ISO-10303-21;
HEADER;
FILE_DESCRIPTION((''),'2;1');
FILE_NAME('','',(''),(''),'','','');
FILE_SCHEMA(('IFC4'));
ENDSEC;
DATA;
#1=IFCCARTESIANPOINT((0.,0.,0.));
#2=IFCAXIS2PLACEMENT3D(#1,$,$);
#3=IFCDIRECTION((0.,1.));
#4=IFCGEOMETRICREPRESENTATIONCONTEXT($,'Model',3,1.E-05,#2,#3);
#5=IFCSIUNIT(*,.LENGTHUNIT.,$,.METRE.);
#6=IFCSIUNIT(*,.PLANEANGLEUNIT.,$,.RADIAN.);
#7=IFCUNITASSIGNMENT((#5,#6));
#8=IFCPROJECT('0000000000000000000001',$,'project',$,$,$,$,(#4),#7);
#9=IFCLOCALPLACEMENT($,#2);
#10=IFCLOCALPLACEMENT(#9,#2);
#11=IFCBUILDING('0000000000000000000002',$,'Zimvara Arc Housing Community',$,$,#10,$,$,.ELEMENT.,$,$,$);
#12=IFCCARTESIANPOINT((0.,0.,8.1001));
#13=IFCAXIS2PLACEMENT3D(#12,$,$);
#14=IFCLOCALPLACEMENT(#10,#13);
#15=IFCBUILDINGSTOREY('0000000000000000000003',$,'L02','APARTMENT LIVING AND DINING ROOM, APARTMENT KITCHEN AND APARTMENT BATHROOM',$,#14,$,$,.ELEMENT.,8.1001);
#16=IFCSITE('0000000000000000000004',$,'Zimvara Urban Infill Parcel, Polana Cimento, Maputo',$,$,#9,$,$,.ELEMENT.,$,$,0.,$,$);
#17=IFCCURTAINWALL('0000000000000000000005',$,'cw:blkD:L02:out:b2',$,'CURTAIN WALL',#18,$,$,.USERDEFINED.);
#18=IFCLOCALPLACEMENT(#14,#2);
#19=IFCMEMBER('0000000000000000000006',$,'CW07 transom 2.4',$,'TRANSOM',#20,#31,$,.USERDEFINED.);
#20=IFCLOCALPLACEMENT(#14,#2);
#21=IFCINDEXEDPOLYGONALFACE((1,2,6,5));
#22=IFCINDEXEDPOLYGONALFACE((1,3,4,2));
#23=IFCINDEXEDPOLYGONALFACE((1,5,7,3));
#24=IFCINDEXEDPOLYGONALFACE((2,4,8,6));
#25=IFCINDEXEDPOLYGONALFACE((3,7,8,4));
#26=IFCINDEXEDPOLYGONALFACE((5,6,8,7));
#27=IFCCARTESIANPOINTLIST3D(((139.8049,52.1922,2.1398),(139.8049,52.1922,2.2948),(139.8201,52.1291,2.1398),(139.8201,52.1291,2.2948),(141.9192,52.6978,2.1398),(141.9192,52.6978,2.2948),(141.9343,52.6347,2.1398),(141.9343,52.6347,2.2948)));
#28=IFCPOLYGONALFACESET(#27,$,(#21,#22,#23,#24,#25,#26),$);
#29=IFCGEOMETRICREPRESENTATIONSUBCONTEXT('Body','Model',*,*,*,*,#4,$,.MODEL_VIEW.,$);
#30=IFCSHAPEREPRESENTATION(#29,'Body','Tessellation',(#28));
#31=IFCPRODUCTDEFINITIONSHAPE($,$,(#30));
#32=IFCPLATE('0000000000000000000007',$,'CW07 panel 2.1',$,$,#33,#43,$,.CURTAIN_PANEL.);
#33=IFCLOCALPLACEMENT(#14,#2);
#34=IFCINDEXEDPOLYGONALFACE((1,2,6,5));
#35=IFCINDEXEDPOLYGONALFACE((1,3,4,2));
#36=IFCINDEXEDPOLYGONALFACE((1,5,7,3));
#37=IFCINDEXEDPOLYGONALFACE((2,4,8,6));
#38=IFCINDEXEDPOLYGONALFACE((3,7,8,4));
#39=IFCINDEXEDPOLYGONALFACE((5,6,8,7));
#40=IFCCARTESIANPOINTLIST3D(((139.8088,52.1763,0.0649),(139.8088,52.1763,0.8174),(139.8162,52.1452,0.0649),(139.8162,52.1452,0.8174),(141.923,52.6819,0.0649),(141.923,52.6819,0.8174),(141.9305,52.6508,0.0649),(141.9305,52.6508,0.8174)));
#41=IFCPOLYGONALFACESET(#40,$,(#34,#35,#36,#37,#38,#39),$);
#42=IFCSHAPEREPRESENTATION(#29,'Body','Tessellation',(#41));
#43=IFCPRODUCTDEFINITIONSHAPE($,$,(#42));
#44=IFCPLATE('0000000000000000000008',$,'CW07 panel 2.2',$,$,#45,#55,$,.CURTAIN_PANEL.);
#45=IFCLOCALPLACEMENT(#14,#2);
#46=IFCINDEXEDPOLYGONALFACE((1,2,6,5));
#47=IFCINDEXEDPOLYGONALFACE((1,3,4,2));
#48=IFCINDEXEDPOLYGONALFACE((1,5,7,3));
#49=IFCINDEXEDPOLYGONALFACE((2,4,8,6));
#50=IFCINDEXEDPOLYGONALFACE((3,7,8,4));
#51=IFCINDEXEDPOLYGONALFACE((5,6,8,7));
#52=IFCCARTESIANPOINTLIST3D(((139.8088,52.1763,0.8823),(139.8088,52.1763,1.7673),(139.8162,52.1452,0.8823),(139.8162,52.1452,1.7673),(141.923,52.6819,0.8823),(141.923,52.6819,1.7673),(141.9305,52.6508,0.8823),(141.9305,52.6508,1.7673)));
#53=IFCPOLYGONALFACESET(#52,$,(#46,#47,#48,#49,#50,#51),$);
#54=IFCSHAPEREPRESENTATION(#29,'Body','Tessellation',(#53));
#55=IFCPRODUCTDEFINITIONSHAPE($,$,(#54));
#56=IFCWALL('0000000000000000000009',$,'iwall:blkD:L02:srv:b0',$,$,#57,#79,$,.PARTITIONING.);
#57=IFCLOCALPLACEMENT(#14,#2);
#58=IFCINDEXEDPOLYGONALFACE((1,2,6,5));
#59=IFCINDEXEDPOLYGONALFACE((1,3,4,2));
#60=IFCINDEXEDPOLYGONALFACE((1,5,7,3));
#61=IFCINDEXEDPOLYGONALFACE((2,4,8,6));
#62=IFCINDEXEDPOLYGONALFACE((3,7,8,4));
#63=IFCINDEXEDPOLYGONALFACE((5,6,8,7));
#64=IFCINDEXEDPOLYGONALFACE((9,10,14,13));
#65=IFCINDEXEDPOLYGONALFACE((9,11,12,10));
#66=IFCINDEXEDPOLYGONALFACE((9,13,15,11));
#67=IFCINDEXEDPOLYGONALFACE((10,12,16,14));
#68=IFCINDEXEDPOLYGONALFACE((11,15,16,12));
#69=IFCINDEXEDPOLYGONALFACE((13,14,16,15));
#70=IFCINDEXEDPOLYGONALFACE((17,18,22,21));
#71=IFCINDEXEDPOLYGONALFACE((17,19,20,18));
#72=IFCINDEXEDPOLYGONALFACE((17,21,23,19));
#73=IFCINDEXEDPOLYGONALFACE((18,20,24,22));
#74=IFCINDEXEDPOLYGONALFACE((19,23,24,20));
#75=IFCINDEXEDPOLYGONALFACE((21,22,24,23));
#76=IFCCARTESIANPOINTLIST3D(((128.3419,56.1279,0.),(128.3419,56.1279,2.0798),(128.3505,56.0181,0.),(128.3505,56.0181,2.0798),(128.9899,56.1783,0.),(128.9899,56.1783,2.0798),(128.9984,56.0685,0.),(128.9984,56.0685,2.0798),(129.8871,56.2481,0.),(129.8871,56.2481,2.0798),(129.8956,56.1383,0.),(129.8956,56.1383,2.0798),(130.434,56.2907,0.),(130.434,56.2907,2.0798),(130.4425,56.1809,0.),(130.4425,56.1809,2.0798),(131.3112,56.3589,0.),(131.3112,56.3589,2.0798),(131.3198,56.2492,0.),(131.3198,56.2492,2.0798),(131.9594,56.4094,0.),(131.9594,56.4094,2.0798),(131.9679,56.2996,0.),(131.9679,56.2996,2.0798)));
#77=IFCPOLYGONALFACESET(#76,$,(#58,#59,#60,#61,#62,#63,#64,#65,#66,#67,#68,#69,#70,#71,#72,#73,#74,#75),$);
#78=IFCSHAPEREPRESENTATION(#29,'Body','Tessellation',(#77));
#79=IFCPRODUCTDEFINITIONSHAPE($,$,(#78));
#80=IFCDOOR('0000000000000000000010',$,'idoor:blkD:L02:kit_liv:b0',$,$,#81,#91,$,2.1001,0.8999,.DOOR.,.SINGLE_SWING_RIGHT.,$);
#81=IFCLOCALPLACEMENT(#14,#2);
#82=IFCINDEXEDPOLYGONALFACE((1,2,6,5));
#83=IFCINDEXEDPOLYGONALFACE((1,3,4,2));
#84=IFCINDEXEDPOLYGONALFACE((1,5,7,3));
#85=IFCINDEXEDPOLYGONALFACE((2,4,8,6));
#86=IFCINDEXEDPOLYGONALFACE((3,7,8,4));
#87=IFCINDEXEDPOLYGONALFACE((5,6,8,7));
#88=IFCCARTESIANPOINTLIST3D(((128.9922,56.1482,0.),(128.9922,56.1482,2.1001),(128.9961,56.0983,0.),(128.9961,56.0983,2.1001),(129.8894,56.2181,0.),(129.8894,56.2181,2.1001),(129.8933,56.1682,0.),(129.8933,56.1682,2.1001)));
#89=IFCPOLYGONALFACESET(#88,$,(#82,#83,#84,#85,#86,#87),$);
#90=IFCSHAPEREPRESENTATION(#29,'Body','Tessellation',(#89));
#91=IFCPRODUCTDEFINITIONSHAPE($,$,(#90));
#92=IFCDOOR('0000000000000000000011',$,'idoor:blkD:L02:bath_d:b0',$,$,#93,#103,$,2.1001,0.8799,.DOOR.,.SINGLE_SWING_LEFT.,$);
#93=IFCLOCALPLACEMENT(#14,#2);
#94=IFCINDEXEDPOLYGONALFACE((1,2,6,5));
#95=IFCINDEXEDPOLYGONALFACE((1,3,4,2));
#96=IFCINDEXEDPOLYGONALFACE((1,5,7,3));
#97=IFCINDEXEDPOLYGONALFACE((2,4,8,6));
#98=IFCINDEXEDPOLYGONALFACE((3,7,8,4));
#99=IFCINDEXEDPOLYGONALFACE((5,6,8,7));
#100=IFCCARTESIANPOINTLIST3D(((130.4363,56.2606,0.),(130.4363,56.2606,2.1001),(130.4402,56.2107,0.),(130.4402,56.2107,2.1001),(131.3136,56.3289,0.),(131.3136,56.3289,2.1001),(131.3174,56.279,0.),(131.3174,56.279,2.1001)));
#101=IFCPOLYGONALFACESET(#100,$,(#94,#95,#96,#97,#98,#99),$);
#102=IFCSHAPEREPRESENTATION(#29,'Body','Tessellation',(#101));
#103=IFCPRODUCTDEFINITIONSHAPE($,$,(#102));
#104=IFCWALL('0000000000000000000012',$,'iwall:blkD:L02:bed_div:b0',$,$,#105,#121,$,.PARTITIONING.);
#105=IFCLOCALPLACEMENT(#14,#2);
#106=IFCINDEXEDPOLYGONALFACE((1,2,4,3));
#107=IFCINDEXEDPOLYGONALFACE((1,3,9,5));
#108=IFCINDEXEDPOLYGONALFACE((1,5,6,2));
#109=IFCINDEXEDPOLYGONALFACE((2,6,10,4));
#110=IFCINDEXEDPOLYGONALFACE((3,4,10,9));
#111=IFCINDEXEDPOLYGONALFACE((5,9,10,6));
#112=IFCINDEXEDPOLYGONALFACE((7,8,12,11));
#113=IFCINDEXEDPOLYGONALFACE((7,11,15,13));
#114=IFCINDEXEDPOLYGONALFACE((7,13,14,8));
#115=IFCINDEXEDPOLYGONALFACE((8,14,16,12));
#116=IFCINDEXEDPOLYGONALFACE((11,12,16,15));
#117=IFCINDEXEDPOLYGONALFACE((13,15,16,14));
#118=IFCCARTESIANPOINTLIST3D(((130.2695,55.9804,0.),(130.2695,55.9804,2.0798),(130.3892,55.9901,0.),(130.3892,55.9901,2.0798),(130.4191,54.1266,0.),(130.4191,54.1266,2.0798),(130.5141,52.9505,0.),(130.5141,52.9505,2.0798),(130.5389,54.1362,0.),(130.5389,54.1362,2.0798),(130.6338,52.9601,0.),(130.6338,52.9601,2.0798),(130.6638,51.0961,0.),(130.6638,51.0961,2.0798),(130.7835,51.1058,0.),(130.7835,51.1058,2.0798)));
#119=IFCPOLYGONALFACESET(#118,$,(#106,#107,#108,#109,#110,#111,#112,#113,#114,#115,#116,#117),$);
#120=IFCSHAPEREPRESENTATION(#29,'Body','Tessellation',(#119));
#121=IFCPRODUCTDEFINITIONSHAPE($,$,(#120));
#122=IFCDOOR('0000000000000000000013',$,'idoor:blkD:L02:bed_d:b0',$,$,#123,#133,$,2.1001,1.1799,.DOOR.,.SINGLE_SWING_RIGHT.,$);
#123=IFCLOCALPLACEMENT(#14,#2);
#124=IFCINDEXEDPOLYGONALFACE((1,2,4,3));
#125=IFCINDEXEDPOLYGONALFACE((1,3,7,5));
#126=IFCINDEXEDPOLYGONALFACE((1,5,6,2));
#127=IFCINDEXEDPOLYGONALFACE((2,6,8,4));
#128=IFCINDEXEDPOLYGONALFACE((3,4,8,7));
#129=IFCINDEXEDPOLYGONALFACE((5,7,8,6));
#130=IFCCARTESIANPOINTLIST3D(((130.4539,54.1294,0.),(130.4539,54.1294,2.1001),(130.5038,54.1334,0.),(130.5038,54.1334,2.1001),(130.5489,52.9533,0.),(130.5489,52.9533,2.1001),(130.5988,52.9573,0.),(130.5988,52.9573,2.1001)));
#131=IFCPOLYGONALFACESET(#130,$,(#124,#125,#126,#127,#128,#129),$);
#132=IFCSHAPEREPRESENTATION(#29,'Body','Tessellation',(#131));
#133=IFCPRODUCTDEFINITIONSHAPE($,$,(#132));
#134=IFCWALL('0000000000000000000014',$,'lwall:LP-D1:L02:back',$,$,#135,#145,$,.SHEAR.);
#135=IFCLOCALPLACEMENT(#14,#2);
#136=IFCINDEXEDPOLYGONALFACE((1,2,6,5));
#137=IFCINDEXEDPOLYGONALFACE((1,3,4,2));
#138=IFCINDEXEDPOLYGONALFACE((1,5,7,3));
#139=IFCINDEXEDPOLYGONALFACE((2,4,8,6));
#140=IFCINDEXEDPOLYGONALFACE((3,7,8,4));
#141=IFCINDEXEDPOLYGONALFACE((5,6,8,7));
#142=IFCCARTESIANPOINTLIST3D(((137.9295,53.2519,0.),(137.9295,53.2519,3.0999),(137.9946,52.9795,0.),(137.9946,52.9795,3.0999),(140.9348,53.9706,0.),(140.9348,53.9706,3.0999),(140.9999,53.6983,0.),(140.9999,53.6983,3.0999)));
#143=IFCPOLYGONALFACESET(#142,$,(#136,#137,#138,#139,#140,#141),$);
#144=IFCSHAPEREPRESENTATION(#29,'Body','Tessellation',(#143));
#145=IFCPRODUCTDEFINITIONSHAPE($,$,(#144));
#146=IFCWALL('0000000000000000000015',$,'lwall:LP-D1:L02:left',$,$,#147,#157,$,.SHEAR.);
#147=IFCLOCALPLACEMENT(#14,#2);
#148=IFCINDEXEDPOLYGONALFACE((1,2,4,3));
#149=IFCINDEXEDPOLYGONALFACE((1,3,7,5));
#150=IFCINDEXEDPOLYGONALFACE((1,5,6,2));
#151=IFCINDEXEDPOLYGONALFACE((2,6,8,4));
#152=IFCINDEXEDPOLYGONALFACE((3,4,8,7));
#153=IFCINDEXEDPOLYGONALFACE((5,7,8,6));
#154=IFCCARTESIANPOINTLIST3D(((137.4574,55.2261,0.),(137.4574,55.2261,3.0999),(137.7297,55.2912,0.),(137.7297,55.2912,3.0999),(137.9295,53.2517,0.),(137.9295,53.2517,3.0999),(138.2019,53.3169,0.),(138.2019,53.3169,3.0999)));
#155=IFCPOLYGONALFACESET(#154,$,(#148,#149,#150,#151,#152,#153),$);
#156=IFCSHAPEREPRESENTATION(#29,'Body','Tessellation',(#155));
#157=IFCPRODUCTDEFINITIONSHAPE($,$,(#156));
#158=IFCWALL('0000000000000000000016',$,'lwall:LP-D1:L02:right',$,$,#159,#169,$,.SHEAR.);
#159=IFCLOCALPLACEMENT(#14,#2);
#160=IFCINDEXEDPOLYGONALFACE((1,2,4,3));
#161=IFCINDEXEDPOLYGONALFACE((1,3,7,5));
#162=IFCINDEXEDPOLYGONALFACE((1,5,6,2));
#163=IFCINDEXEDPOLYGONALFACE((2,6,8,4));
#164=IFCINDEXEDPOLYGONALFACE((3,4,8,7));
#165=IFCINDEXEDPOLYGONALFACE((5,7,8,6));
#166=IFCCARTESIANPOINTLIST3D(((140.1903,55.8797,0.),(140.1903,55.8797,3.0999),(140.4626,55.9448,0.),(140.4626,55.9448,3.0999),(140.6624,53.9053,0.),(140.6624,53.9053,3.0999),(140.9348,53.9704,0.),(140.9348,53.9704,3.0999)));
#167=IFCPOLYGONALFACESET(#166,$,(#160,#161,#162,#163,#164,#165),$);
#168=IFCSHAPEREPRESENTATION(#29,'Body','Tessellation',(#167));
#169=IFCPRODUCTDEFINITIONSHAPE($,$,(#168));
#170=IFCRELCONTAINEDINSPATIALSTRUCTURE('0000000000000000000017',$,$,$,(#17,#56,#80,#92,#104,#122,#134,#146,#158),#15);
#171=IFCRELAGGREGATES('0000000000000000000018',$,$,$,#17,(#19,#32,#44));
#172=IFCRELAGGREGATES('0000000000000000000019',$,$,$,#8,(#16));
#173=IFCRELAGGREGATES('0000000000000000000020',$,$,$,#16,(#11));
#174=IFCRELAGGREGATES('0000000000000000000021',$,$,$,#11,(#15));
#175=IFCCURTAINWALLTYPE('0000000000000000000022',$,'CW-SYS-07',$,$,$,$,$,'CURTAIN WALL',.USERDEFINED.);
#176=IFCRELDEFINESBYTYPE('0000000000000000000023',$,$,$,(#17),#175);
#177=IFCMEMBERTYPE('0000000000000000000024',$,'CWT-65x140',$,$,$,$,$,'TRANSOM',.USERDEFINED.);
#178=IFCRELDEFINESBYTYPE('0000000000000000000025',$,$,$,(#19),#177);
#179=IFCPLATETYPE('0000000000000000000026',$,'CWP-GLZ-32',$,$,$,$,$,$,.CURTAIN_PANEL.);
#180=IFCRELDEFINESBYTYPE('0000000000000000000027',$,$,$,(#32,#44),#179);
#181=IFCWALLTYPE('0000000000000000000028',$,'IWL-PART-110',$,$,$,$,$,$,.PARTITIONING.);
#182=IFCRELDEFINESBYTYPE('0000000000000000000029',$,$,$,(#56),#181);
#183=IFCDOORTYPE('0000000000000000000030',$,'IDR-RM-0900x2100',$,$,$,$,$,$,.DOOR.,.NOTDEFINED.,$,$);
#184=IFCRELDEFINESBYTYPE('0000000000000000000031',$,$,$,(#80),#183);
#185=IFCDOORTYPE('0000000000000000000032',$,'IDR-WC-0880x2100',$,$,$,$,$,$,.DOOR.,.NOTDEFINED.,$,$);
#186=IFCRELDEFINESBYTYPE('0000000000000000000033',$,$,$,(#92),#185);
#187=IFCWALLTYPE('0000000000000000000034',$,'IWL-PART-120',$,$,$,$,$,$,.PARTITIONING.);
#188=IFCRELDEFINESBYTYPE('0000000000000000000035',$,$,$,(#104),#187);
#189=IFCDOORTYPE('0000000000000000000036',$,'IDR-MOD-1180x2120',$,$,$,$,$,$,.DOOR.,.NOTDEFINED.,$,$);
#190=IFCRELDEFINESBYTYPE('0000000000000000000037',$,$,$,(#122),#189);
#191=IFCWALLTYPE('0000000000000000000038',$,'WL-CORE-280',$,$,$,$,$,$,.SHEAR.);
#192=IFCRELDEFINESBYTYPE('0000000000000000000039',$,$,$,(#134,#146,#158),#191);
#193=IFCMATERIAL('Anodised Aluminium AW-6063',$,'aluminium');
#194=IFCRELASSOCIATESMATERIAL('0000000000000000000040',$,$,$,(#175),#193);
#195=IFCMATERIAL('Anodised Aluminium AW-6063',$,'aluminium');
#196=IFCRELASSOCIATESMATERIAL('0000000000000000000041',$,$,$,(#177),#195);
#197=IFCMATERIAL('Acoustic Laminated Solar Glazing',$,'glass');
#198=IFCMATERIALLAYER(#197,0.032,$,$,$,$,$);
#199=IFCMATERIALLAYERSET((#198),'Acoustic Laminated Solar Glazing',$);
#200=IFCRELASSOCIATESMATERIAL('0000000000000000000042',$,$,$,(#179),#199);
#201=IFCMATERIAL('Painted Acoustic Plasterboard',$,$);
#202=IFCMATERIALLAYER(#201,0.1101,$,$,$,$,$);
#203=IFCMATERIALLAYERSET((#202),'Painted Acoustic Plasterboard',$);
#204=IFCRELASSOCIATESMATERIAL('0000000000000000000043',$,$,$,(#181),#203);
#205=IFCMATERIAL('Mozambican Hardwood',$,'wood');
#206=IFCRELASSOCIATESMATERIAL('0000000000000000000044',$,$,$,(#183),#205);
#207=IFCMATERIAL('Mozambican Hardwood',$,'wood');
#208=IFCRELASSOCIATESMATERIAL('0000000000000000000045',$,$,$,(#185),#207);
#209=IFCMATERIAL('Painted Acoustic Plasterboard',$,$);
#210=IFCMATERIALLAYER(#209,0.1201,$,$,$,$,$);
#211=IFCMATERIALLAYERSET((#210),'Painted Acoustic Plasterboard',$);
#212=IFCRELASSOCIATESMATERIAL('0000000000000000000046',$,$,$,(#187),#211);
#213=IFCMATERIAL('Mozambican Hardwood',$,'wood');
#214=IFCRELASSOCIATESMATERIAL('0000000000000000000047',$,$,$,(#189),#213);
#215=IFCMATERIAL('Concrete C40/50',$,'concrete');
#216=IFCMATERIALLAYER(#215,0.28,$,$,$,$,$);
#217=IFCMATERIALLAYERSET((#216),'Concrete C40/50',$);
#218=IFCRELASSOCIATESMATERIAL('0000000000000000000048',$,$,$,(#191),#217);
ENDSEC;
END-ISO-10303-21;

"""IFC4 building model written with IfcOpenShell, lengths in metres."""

from ifc_helpers import new_model, si_unit, direction, frame, frame_2d, origin, origin_2d, place, context, subcontext, project, spatial, rectangle, extrude, material, layer, layer_set, material_profile, profile_set, type_object, element, fill, aggregate, save


model = new_model("IFC4")

# Units and contexts
model_context = context("Model", 3, precision=1e-05, world=origin(), true_north=direction((0.0, 1.0)))
body_context = subcontext(model_context, "Body", "Model", "MODEL_VIEW")
ifc_project = project(units=[si_unit("LENGTHUNIT", "METRE"), si_unit("PLANEANGLEUNIT", "RADIAN")], contexts=[model_context])

# Site, building, storey
site_placement = place(None, origin())
site = spatial("IfcSite", under=ifc_project, at=site_placement, Name="Zimvara Urban Infill Parcel, Polana Cimento, Maputo", CompositionType="ELEMENT", RefElevation=0.0)
building_placement = place(site_placement, origin())
building = spatial("IfcBuilding", under=site, at=building_placement, Name="Zimvara Arc Housing Community", CompositionType="ELEMENT")
storey_placement = place(building_placement, frame((0.0, 0.0, 8.1001)))
storey = spatial("IfcBuildingStorey", under=building, at=storey_placement, Name="L02", Description="APARTMENT LIVING AND DINING ROOM, APARTMENT KITCHEN AND APARTMENT BATHROOM", CompositionType="ELEMENT", Elevation=8.1001)

# Curtain wall, member, plates
ifc_material_1 = material(Name="Anodised Aluminium AW-6063", Category="aluminium")
curtain_wall_type = type_object("IfcCurtainWallType", Name="CW-SYS-07", ElementType="CURTAIN WALL", PredefinedType="USERDEFINED", material=ifc_material_1)
curtain_wall_placement = place(storey_placement, origin())
curtain_wall = element("IfcCurtainWall", 1, at=curtain_wall_placement, inside=storey, type_object=curtain_wall_type, Name="cw:blkD:L02:out:b2", ObjectType="CURTAIN WALL", PredefinedType="USERDEFINED")
ifc_material_2 = material(Name="Anodised Aluminium AW-6063", Category="aluminium")
ifc_material_profile_1 = material_profile(ifc_material_2, rectangle(XDim=0.0649, YDim=0.155, at=origin_2d()), Name="ALU 65x155")
ifc_profile_set_1 = profile_set([ifc_material_profile_1], Name="Anodised Aluminium AW-6063")
member_type_1 = type_object("IfcMemberType", Name="CWT-65x140", ElementType="TRANSOM", PredefinedType="USERDEFINED", material=ifc_profile_set_1)
member_1_placement = place(storey_placement, frame((139.8125, 52.1606, 2.2173), z_axis=(0.972576, 0.232587, 0.0), x_axis=(-0.232587, 0.972576, 0.0)))
member_1 = element("IfcMember", 2, at=member_1_placement, type_object=member_type_1, Name="CW07 transom 2.4", ObjectType="TRANSOM", PredefinedType="USERDEFINED", context=body_context, shape_type="SweptSolid", body=[
    extrude(rectangle(XDim=0.0649, YDim=0.155, at=origin_2d()), origin(), (0.0, 0.0, 1.0), 2.1738),
])
ifc_material_3 = material(Name="Acoustic Laminated Solar Glazing", Category="glass")
ifc_layer_1 = layer(ifc_material_3, 0.032)
ifc_layer_set_1 = layer_set([ifc_layer_1], Name="Acoustic Laminated Solar Glazing")
plate_type = type_object("IfcPlateType", Name="CWP-GLZ-32", PredefinedType="CURTAIN_PANEL", material=ifc_layer_set_1)
plate_1_placement = place(storey_placement, frame((140.8696, 52.4136, 0.0649), z_axis=(0.0, 0.0, 1.0), x_axis=(0.972573, 0.232597, 0.0)))
plate_1 = element("IfcPlate", 3, at=plate_1_placement, type_object=plate_type, Name="CW07 panel 2.1", PredefinedType="CURTAIN_PANEL", context=body_context, shape_type="SweptSolid", body=[
    extrude(rectangle(XDim=2.1738, YDim=0.032, at=origin_2d()), origin(), (0.0, 0.0, 1.0), 0.7524),
])
plate_2_placement = place(storey_placement, frame((140.8696, 52.4136, 0.8823), z_axis=(0.0, 0.0, 1.0), x_axis=(0.972573, 0.232597, 0.0)))
plate_2 = element("IfcPlate", 4, at=plate_2_placement, type_object=plate_type, Name="CW07 panel 2.2", PredefinedType="CURTAIN_PANEL", context=body_context, shape_type="SweptSolid", body=[
    extrude(rectangle(XDim=2.1738, YDim=0.032, at=origin_2d()), origin(), (0.0, 0.0, 1.0), 0.885),
])
aggregate(curtain_wall, [member_1, plate_1, plate_2])

# Wall, openings, doors
ifc_material_4 = material(Name="Painted Acoustic Plasterboard")
ifc_layer_2 = layer(ifc_material_4, 0.1101)
ifc_layer_set_2 = layer_set([ifc_layer_2], Name="Painted Acoustic Plasterboard")
wall_type_1 = type_object("IfcWallType", Name="IWL-PART-110", PredefinedType="PARTITIONING", material=ifc_layer_set_2)
wall_1_placement = place(storey_placement, frame((128.3462, 56.073, 0.0), z_axis=(0.0, 0.0, 1.0), x_axis=(0.996986, 0.077581, 0.0)))
wall_1 = element("IfcWall", 5, at=wall_1_placement, inside=storey, type_object=wall_type_1, Name="iwall:blkD:L02:srv:b0", PredefinedType="PARTITIONING", context=body_context, shape_type="SweptSolid", body=[
    extrude(rectangle(XDim=3.6284, YDim=0.1101, at=frame_2d((1.8142, 0.0))), origin(), (0.0, 0.0, 1.0), 2.0798),
])
opening_1_placement = place(wall_1_placement, frame((0.6499, 0.0, 0.0)))
opening_1 = element("IfcOpeningElement", 6, at=opening_1_placement, cuts=wall_1, PredefinedType="OPENING", context=body_context, shape_type="SweptSolid", body=[
    extrude(rectangle(XDim=0.8999, YDim=2.1001, at=frame_2d((0.45, 1.05))), frame((0.0, 0.0649, 0.0), z_axis=(0.0, -1.0, 0.0), x_axis=(1.0, 0.0, 0.0)), (0.0, 0.0, 1.0), 0.1301),
])
opening_2_placement = place(wall_1_placement, frame((2.0984, 0.0, 0.0)))
opening_2 = element("IfcOpeningElement", 7, at=opening_2_placement, cuts=wall_1, PredefinedType="OPENING", context=body_context, shape_type="SweptSolid", body=[
    extrude(rectangle(XDim=0.8799, YDim=2.1001, at=frame_2d((0.4399, 1.05))), frame((0.0, 0.0649, 0.0), z_axis=(0.0, -1.0, 0.0), x_axis=(1.0, 0.0, 0.0)), (0.0, 0.0, 1.0), 0.1301),
])
ifc_material_5 = material(Name="Mozambican Hardwood", Category="wood")
door_type_1 = type_object("IfcDoorType", Name="IDR-RM-0900x2100", OperationType="NOTDEFINED", PredefinedType="DOOR", material=ifc_material_5)
door_1_placement = place(opening_1_placement, origin())
door_1 = element("IfcDoor", 8, at=door_1_placement, inside=storey, type_object=door_type_1, Name="idoor:blkD:L02:kit_liv:b0", OperationType="SINGLE_SWING_RIGHT", OverallHeight=2.1001, OverallWidth=0.8999, PredefinedType="DOOR", context=body_context, shape_type="SweptSolid", body=[
    extrude(rectangle(XDim=0.8999, YDim=2.1001, at=frame_2d((0.45, 1.05))), frame((0.0, 0.0249, 0.0), z_axis=(0.0, -1.0, 0.0), x_axis=(1.0, 0.0, 0.0)), (0.0, 0.0, 1.0), 0.05),
])
fill(opening_1, door_1)
ifc_material_6 = material(Name="Mozambican Hardwood", Category="wood")
door_type_2 = type_object("IfcDoorType", Name="IDR-WC-0880x2100", OperationType="NOTDEFINED", PredefinedType="DOOR", material=ifc_material_6)
door_2_placement = place(opening_2_placement, origin())
door_2 = element("IfcDoor", 9, at=door_2_placement, inside=storey, type_object=door_type_2, Name="idoor:blkD:L02:bath_d:b0", OperationType="SINGLE_SWING_LEFT", OverallHeight=2.1001, OverallWidth=0.8799, PredefinedType="DOOR", context=body_context, shape_type="SweptSolid", body=[
    extrude(rectangle(XDim=0.8799, YDim=2.1001, at=frame_2d((0.4399, 1.05))), frame((0.0, 0.0249, 0.0), z_axis=(0.0, -1.0, 0.0), x_axis=(1.0, 0.0, 0.0)), (0.0, 0.0, 1.0), 0.05),
])
fill(opening_2, door_2)

# Wall, opening, door
ifc_material_7 = material(Name="Painted Acoustic Plasterboard")
ifc_layer_3 = layer(ifc_material_7, 0.1201)
ifc_layer_set_3 = layer_set([ifc_layer_3], Name="Painted Acoustic Plasterboard")
wall_type_2 = type_object("IfcWallType", Name="IWL-PART-120", PredefinedType="PARTITIONING", material=ifc_layer_set_3)
wall_2_placement = place(storey_placement, frame((130.3293, 55.9854, 0.0), z_axis=(0.0, 0.0, 1.0), x_axis=(0.080464, -0.996758, 0.0)))
wall_2 = element("IfcWall", 10, at=wall_2_placement, inside=storey, type_object=wall_type_2, Name="iwall:blkD:L02:bed_div:b0", PredefinedType="PARTITIONING", context=body_context, shape_type="SweptSolid", body=[
    extrude(rectangle(XDim=4.9001, YDim=0.1201, at=frame_2d((2.4502, 0.0))), origin(), (0.0, 0.0, 1.0), 2.0798),
])
opening_3_placement = place(wall_2_placement, frame((1.8601, 0.0, 0.0)))
opening_3 = element("IfcOpeningElement", 11, at=opening_3_placement, cuts=wall_2, PredefinedType="OPENING", context=body_context, shape_type="SweptSolid", body=[
    extrude(rectangle(XDim=1.1799, YDim=2.1001, at=frame_2d((0.5898, 1.05))), frame((0.0, 0.0701, 0.0), z_axis=(0.0, -1.0, 0.0), x_axis=(1.0, 0.0, 0.0)), (0.0, 0.0, 1.0), 0.1401),
])
ifc_material_8 = material(Name="Mozambican Hardwood", Category="wood")
door_type_3 = type_object("IfcDoorType", Name="IDR-MOD-1180x2120", OperationType="NOTDEFINED", PredefinedType="DOOR", material=ifc_material_8)
door_3_placement = place(opening_3_placement, origin())
door_3 = element("IfcDoor", 12, at=door_3_placement, inside=storey, type_object=door_type_3, Name="idoor:blkD:L02:bed_d:b0", OperationType="SINGLE_SWING_RIGHT", OverallHeight=2.1001, OverallWidth=1.1799, PredefinedType="DOOR", context=body_context, shape_type="SweptSolid", body=[
    extrude(rectangle(XDim=1.1799, YDim=2.1001, at=frame_2d((0.5898, 1.05))), frame((0.0, 0.0249, 0.0), z_axis=(0.0, -1.0, 0.0), x_axis=(1.0, 0.0, 0.0)), (0.0, 0.0, 1.0), 0.05),
])
fill(opening_3, door_3)
ifc_material_9 = material(Name="Concrete C40/50", Category="concrete")
ifc_layer_4 = layer(ifc_material_9, 0.28)
ifc_layer_set_4 = layer_set([ifc_layer_4], Name="Concrete C40/50")
wall_type_3 = type_object("IfcWallType", Name="WL-CORE-280", PredefinedType="SHEAR", material=ifc_layer_set_4)

# Walls
wall_3_placement = place(storey_placement, frame((137.9622, 53.1157, 0.0), z_axis=(0.0, 0.0, 1.0), x_axis=(0.972573, 0.232596, 0.0)))
element("IfcWall", 13, at=wall_3_placement, inside=storey, type_object=wall_type_3, Name="lwall:LP-D1:L02:back", PredefinedType="SHEAR", context=body_context, shape_type="SweptSolid", body=[
    extrude(rectangle(XDim=3.0901, YDim=0.28, at=frame_2d((1.5449, 0.0))), origin(), (0.0, 0.0, 1.0), 3.0999),
])
for number, where, z_axis, x_axis, name in (
    (14, (137.5935, 55.2588, 0.0), (0.0, 0.0, 1.0), (0.232591, -0.972575, 0.0), "lwall:LP-D1:L02:left"),
    (15, (140.3264, 55.9124, 0.0), (0.0, 0.0, 1.0), (0.232591, -0.972575, 0.0), "lwall:LP-D1:L02:right"),
):
    element("IfcWall", number, at=place(storey_placement, frame(where, z_axis=z_axis, x_axis=x_axis)), inside=storey, type_object=wall_type_3, Name=name, PredefinedType="SHEAR", context=body_context, shape_type="SweptSolid", body=[
        extrude(rectangle(XDim=2.03, YDim=0.28, at=frame_2d((1.0151, 0.0))), origin(), (0.0, 0.0, 1.0), 3.0999),
    ])

save(model, "model.ifc")
